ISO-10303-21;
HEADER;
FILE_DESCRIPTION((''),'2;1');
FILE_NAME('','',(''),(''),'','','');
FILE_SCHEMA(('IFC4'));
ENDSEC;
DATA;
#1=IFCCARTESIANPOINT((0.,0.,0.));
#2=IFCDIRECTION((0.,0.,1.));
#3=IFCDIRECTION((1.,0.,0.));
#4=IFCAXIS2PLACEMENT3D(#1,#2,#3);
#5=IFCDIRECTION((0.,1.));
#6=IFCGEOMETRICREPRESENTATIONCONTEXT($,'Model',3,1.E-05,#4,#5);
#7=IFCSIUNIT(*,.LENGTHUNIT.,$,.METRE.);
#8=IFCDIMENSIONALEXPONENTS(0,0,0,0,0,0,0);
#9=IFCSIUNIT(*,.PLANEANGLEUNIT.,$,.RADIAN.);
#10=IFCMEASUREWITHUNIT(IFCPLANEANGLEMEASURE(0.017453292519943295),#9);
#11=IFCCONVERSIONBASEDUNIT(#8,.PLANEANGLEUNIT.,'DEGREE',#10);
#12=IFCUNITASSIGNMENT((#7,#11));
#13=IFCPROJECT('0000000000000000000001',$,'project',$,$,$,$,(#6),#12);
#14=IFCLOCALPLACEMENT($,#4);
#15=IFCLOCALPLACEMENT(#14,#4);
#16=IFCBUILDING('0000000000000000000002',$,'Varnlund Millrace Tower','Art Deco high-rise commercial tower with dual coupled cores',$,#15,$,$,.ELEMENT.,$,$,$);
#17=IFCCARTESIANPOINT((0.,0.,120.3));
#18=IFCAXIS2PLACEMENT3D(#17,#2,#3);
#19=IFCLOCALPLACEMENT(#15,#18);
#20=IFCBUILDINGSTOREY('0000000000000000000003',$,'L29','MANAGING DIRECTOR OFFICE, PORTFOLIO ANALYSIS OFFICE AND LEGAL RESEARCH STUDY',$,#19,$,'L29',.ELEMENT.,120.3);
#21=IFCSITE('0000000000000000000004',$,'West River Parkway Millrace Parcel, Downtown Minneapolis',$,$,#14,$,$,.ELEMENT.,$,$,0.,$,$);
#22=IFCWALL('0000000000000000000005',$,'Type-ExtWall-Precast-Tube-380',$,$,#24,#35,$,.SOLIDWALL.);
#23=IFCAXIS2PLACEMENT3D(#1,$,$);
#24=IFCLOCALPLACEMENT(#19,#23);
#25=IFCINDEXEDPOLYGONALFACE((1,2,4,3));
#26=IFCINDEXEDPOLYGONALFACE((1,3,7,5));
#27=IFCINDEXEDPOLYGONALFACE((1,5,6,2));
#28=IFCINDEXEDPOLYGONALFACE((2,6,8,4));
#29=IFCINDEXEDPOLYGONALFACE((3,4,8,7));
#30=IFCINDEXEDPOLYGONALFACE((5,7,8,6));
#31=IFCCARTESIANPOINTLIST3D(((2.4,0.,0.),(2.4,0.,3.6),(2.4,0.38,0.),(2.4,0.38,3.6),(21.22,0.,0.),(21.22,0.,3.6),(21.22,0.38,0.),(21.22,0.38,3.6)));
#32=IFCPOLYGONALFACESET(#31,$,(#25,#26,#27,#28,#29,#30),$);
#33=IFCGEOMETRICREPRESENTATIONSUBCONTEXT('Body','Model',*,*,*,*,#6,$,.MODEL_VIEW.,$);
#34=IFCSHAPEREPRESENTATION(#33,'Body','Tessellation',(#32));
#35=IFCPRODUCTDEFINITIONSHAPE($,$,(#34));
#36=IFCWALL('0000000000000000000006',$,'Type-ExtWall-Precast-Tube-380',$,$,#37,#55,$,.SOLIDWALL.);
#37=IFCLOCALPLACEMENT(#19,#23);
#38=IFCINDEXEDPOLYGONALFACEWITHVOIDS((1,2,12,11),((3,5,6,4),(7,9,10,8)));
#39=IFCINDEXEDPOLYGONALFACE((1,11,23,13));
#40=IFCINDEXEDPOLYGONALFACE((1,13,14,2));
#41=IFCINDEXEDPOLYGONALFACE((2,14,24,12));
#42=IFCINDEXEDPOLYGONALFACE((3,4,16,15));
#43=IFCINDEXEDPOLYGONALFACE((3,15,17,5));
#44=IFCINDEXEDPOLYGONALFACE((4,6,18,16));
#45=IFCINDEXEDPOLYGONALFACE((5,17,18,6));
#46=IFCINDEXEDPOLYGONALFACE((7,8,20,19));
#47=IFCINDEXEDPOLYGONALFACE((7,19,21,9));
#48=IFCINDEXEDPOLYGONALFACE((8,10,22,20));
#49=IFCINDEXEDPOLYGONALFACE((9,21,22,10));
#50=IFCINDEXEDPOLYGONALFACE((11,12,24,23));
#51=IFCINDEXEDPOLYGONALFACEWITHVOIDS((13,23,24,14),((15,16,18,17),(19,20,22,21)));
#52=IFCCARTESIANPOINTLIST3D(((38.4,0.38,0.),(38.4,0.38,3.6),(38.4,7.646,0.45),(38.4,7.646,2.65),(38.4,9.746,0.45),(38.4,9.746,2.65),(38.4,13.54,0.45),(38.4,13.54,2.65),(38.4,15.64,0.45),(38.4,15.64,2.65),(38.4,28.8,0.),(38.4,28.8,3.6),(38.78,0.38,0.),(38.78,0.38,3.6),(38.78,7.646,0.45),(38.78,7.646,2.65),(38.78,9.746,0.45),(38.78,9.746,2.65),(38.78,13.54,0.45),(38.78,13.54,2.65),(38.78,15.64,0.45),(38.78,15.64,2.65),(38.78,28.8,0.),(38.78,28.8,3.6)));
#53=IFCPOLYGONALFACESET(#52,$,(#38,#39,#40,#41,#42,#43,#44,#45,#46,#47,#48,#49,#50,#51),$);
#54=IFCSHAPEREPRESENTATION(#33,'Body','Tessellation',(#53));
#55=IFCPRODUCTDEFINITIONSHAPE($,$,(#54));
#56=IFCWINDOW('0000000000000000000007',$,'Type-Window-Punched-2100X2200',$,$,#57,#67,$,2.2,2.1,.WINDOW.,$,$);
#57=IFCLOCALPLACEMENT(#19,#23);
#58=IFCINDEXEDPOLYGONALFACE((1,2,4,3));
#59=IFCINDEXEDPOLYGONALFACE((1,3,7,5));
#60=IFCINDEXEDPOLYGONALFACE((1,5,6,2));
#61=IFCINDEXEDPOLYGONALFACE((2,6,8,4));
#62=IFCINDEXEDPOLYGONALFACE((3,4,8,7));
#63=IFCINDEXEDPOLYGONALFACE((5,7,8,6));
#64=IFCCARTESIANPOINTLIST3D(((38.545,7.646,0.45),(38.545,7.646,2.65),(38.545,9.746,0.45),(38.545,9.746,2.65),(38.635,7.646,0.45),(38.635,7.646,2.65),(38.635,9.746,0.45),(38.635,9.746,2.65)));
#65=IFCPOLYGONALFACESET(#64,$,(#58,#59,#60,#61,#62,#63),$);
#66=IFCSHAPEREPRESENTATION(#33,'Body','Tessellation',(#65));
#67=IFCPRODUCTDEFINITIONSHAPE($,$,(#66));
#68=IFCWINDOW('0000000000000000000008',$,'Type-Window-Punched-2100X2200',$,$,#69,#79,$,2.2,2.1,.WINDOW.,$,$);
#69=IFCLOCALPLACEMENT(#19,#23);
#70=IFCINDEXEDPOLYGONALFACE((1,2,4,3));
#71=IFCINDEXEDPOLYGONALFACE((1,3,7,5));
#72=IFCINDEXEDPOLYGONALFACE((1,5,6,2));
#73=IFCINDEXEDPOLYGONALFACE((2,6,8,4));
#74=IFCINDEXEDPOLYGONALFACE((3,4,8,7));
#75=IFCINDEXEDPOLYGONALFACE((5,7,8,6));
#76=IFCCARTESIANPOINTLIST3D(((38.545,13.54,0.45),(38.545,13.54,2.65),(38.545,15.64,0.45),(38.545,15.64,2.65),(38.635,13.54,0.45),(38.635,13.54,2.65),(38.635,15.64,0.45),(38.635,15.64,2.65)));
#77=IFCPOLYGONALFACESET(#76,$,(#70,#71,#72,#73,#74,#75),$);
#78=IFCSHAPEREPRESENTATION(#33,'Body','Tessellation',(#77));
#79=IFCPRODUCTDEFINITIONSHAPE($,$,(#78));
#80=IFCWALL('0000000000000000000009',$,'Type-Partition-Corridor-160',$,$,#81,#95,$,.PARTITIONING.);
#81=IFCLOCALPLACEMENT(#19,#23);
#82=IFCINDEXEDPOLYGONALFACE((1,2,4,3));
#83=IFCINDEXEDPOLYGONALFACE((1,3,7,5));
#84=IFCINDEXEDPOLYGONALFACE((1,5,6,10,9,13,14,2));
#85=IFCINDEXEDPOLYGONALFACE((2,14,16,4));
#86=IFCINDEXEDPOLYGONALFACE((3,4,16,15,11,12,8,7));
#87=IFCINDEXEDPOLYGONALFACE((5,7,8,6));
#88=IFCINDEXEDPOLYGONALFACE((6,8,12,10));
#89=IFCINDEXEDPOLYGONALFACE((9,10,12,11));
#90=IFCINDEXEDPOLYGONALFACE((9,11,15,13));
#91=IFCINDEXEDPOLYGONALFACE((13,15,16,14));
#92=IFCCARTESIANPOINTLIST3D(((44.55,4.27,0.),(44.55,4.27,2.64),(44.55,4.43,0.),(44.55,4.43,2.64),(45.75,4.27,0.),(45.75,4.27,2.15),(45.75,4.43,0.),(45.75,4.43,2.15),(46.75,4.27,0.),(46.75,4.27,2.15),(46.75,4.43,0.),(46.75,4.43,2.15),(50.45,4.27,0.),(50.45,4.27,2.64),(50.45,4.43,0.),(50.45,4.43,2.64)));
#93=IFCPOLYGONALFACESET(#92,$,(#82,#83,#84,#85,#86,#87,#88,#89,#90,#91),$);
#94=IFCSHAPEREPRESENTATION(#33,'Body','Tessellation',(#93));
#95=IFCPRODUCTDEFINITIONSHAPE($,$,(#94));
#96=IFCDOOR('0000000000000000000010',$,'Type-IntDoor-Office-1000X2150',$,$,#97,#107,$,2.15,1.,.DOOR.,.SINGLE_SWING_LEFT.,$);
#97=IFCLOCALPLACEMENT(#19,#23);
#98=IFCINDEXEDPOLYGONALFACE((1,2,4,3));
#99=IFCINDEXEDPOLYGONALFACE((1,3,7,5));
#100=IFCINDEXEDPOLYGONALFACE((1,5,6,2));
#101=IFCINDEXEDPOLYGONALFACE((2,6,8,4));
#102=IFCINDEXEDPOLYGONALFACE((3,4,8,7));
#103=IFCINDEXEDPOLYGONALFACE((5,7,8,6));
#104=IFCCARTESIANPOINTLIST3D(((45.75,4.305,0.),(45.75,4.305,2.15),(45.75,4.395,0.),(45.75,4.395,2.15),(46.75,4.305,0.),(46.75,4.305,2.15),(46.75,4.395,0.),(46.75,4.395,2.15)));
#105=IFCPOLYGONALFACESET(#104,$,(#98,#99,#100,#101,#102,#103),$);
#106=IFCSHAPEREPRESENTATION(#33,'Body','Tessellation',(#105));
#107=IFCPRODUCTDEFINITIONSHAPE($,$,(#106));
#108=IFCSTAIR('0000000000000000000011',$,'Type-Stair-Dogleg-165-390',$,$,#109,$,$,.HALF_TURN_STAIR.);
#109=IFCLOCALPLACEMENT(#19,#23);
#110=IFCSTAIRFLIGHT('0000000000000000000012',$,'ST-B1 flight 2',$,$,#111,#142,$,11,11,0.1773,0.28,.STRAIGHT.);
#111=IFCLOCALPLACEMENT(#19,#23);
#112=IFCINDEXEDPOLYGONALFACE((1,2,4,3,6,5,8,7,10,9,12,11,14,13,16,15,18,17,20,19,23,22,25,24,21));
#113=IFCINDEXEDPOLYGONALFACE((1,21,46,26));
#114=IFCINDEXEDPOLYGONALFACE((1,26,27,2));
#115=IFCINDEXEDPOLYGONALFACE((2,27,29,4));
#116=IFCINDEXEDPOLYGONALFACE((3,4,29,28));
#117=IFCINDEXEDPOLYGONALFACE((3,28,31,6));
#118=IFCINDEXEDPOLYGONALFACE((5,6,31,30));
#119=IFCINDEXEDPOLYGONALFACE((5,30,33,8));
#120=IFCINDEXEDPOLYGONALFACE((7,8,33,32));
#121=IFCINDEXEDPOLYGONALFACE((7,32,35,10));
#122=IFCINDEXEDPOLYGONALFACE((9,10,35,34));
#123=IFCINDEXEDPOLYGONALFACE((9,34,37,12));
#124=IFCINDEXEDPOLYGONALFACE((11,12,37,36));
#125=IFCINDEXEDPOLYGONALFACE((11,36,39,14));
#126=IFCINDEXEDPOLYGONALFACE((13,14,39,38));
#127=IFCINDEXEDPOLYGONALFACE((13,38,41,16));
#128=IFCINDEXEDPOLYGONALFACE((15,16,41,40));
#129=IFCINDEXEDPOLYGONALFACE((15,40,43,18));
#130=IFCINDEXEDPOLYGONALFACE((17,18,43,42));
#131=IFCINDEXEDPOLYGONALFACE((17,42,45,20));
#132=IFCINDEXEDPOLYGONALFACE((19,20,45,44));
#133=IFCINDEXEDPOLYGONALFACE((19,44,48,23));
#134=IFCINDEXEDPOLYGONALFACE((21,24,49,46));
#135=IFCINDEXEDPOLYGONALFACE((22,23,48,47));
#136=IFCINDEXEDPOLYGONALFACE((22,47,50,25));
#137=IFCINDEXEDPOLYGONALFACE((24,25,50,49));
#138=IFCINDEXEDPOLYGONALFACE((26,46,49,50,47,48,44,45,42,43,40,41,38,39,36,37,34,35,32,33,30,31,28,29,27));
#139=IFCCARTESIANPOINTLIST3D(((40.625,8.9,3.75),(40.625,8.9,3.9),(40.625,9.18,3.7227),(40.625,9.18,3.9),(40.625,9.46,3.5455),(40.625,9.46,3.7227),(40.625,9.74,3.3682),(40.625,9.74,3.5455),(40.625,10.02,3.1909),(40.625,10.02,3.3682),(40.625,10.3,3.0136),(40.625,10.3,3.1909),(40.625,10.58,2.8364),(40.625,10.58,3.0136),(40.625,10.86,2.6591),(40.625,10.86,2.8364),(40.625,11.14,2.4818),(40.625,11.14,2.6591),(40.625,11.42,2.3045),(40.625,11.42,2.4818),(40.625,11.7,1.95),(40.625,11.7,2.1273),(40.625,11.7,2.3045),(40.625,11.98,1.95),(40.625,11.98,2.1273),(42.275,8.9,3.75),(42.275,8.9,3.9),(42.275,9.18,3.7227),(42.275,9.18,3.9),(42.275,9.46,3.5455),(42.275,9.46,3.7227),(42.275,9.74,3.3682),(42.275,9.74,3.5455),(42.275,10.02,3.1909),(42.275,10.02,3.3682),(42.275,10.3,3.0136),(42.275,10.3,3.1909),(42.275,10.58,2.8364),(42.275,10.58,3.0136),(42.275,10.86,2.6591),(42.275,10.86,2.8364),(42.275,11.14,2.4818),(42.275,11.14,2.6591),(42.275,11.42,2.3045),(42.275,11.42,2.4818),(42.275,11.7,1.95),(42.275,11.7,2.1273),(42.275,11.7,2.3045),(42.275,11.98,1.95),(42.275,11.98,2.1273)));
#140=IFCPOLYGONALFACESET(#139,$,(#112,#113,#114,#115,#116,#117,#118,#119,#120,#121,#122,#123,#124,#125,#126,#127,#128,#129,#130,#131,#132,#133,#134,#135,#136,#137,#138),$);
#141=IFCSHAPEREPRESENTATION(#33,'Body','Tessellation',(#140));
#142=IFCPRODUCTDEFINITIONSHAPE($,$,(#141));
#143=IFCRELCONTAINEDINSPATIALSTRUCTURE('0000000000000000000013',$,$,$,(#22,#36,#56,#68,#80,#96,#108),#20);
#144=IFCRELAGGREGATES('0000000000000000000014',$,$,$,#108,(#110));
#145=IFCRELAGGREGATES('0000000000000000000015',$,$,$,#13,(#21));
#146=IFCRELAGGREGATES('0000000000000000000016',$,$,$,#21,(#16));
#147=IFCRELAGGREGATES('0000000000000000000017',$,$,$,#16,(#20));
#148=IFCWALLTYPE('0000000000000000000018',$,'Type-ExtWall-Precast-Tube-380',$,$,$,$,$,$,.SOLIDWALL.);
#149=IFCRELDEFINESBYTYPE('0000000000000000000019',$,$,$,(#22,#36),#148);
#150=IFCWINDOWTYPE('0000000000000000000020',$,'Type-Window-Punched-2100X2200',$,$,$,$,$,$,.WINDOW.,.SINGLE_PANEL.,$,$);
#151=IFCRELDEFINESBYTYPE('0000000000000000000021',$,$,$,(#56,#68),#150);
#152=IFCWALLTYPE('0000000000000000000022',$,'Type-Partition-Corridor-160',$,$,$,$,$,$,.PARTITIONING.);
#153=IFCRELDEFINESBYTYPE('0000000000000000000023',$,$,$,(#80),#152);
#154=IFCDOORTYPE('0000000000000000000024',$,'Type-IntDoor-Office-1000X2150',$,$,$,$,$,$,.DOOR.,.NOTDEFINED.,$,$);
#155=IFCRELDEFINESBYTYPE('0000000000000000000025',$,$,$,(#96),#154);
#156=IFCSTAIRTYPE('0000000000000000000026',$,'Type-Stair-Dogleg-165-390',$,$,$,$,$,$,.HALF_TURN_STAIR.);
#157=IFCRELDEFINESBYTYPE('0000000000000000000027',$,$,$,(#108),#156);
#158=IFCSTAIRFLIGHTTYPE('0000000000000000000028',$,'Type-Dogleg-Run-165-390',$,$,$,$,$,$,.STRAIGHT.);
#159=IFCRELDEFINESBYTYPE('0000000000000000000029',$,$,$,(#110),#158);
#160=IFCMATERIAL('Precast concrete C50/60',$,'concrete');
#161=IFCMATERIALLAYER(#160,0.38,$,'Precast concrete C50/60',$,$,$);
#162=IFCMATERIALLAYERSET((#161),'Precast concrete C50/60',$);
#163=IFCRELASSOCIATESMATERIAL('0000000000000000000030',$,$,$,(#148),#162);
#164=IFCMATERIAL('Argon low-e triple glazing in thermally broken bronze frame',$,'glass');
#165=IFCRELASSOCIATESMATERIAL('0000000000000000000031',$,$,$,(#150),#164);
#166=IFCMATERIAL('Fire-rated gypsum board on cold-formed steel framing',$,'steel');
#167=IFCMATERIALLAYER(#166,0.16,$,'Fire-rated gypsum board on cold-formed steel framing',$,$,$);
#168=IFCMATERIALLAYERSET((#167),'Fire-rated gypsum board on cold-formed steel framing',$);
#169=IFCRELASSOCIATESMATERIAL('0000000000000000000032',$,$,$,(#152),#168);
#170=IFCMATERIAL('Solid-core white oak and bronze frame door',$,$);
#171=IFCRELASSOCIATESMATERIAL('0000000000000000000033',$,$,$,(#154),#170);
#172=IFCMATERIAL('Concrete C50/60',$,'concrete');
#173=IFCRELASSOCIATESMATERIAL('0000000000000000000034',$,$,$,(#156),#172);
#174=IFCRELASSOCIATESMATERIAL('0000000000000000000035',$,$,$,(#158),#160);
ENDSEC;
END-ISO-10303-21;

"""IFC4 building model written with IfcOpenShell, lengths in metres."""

from ifc_helpers import new_model, entity, si_unit, converted_unit, direction, frame, origin_with_axes, origin_2d_with_axis, place, context, subcontext, project, spatial, polyline, rectangle, outline, extrude, material, layer, layer_set, type_object, element, fill, aggregate, save


model = new_model("IFC4")

# Units and contexts
model_context = context("Model", 3, precision=1e-05, world=origin_with_axes(), true_north=direction((0.0, 1.0)))
body_context = subcontext(model_context, "Body", "Model", "MODEL_VIEW")
ifc_project = project(units=[si_unit("LENGTHUNIT", "METRE"), converted_unit("PLANEANGLEUNIT", "DEGREE", entity("IfcPlaneAngleMeasure", 0.017453292519943295), si_unit("PLANEANGLEUNIT", "RADIAN"), dimensions=[0, 0, 0, 0, 0, 0, 0])], contexts=[model_context])

# Site, building, storey
site_placement = place(None, origin_with_axes())
site = spatial("IfcSite", under=ifc_project, at=site_placement, Name="West River Parkway Millrace Parcel, Downtown Minneapolis", CompositionType="ELEMENT", RefElevation=0.0)
building_placement = place(site_placement, origin_with_axes())
building = spatial("IfcBuilding", under=site, at=building_placement, Name="Varnlund Millrace Tower", Description="Art Deco high-rise commercial tower with dual coupled cores", CompositionType="ELEMENT")
storey_placement = place(building_placement, frame((0.0, 0.0, 120.3), z_axis=(0.0, 0.0, 1.0), x_axis=(1.0, 0.0, 0.0)))
storey = spatial("IfcBuildingStorey", under=building, at=storey_placement, Name="L29", Description="MANAGING DIRECTOR OFFICE, PORTFOLIO ANALYSIS OFFICE AND LEGAL RESEARCH STUDY", LongName="L29", CompositionType="ELEMENT", Elevation=120.3)

# Wall
ifc_material_1 = material(Name="Precast concrete C50/60", Category="concrete")
ifc_layer_1 = layer(ifc_material_1, 0.38, Name="Precast concrete C50/60")
ifc_layer_set_1 = layer_set([ifc_layer_1], Name="Precast concrete C50/60")
wall_type_1 = type_object("IfcWallType", Name="Type-ExtWall-Precast-Tube-380", PredefinedType="SOLIDWALL", material=ifc_layer_set_1)
wall_1_placement = place(storey_placement, frame((21.22, 0.19, 0.0), z_axis=(0.0, 0.0, 1.0), x_axis=(-1.0, 0.0, 0.0)))
element("IfcWall", 1, at=wall_1_placement, inside=storey, type_object=wall_type_1, Name="Type-ExtWall-Precast-Tube-380", PredefinedType="SOLIDWALL", context=body_context, shape_type="SweptSolid", body=[
    extrude(outline(polyline([(0.0, -0.19), (18.82, -0.19), (18.82, 0.19), (0.0, 0.19), (0.0, -0.19)])), origin_with_axes(), (0.0, 0.0, 1.0), 3.6),
])

# Wall, openings, windows
wall_2_placement = place(storey_placement, frame((38.59, 0.38, 0.0), z_axis=(0.0, 0.0, 1.0), x_axis=(0.0, 1.0, 0.0)))
wall_2 = element("IfcWall", 2, at=wall_2_placement, inside=storey, type_object=wall_type_1, Name="Type-ExtWall-Precast-Tube-380", PredefinedType="SOLIDWALL", context=body_context, shape_type="SweptSolid", body=[
    extrude(outline(polyline([(0.0, -0.19), (28.42, -0.19), (28.42, 0.19), (0.0, 0.19), (0.0, -0.19)])), origin_with_axes(), (0.0, 0.0, 1.0), 3.6),
])
opening_1_placement = place(wall_2_placement, frame((8.316, 0.0, 0.45), z_axis=(0.0, 0.0, 1.0), x_axis=(1.0, 0.0, 0.0)))
opening_1 = element("IfcOpeningElement", 3, at=opening_1_placement, cuts=wall_2, PredefinedType="OPENING", context=body_context, shape_type="SweptSolid", body=[
    extrude(rectangle(XDim=2.1, YDim=0.4, at=origin_2d_with_axis()), origin_with_axes(), (0.0, 0.0, 1.0), 2.2),
])
opening_2_placement = place(wall_2_placement, frame((14.21, 0.0, 0.45), z_axis=(0.0, 0.0, 1.0), x_axis=(1.0, 0.0, 0.0)))
opening_2 = element("IfcOpeningElement", 4, at=opening_2_placement, cuts=wall_2, PredefinedType="OPENING", context=body_context, shape_type="SweptSolid", body=[
    extrude(rectangle(XDim=2.1, YDim=0.4, at=origin_2d_with_axis()), origin_with_axes(), (0.0, 0.0, 1.0), 2.2),
])
ifc_material_2 = material(Name="Argon low-e triple glazing in thermally broken bronze frame", Category="glass")
window_type = type_object("IfcWindowType", Name="Type-Window-Punched-2100X2200", PartitioningType="SINGLE_PANEL", PredefinedType="WINDOW", material=ifc_material_2)
window_1_placement = place(wall_2_placement, frame((8.316, 0.0, 0.45), z_axis=(0.0, 0.0, 1.0), x_axis=(1.0, 0.0, 0.0)))
window_1 = element("IfcWindow", 5, at=window_1_placement, inside=storey, type_object=window_type, Name="Type-Window-Punched-2100X2200", OverallHeight=2.2, OverallWidth=2.1, PredefinedType="WINDOW", context=body_context, shape_type="SweptSolid", body=[
    extrude(rectangle(XDim=2.1, YDim=0.09, at=origin_2d_with_axis()), origin_with_axes(), (0.0, 0.0, 1.0), 2.2),
])
fill(opening_1, window_1)
window_2_placement = place(wall_2_placement, frame((14.21, 0.0, 0.45), z_axis=(0.0, 0.0, 1.0), x_axis=(1.0, 0.0, 0.0)))
window_2 = element("IfcWindow", 6, at=window_2_placement, inside=storey, type_object=window_type, Name="Type-Window-Punched-2100X2200", OverallHeight=2.2, OverallWidth=2.1, PredefinedType="WINDOW", context=body_context, shape_type="SweptSolid", body=[
    extrude(rectangle(XDim=2.1, YDim=0.09, at=origin_2d_with_axis()), origin_with_axes(), (0.0, 0.0, 1.0), 2.2),
])
fill(opening_2, window_2)

# Wall, opening, door
ifc_material_3 = material(Name="Fire-rated gypsum board on cold-formed steel framing", Category="steel")
ifc_layer_2 = layer(ifc_material_3, 0.16, Name="Fire-rated gypsum board on cold-formed steel framing")
ifc_layer_set_2 = layer_set([ifc_layer_2], Name="Fire-rated gypsum board on cold-formed steel framing")
wall_type_2 = type_object("IfcWallType", Name="Type-Partition-Corridor-160", PredefinedType="PARTITIONING", material=ifc_layer_set_2)
wall_3_placement = place(storey_placement, frame((44.55, 4.35, 0.0), z_axis=(0.0, 0.0, 1.0), x_axis=(1.0, 0.0, 0.0)))
wall_3 = element("IfcWall", 7, at=wall_3_placement, inside=storey, type_object=wall_type_2, Name="Type-Partition-Corridor-160", PredefinedType="PARTITIONING", context=body_context, shape_type="SweptSolid", body=[
    extrude(outline(polyline([(0.0, -0.08), (5.9, -0.08), (5.9, 0.08), (0.0, 0.08), (0.0, -0.08)])), origin_with_axes(), (0.0, 0.0, 1.0), 2.64),
])
opening_3_placement = place(wall_3_placement, frame((1.7, 0.0, 0.0), z_axis=(0.0, 0.0, 1.0), x_axis=(1.0, 0.0, 0.0)))
opening_3 = element("IfcOpeningElement", 8, at=opening_3_placement, cuts=wall_3, PredefinedType="OPENING", context=body_context, shape_type="SweptSolid", body=[
    extrude(rectangle(XDim=1.0, YDim=0.18, at=origin_2d_with_axis()), origin_with_axes(), (0.0, 0.0, 1.0), 2.15),
])
ifc_material_4 = material(Name="Solid-core white oak and bronze frame door")
door_type = type_object("IfcDoorType", Name="Type-IntDoor-Office-1000X2150", OperationType="NOTDEFINED", PredefinedType="DOOR", material=ifc_material_4)
door_placement = place(wall_3_placement, frame((1.7, 0.0, 0.0), z_axis=(0.0, 0.0, 1.0), x_axis=(1.0, 0.0, 0.0)))
door = element("IfcDoor", 9, at=door_placement, inside=storey, type_object=door_type, Name="Type-IntDoor-Office-1000X2150", OperationType="SINGLE_SWING_LEFT", OverallHeight=2.15, OverallWidth=1.0, PredefinedType="DOOR", context=body_context, shape_type="SweptSolid", body=[
    extrude(rectangle(XDim=1.0, YDim=0.09, at=origin_2d_with_axis()), origin_with_axes(), (0.0, 0.0, 1.0), 2.15),
])
fill(opening_3, door)

# Stair, stair flight
ifc_material_5 = material(Name="Concrete C50/60", Category="concrete")
stair_type = type_object("IfcStairType", Name="Type-Stair-Dogleg-165-390", PredefinedType="HALF_TURN_STAIR", material=ifc_material_5)
stair_placement = place(storey_placement, origin_with_axes())
stair = element("IfcStair", 10, at=stair_placement, inside=storey, type_object=stair_type, Name="Type-Stair-Dogleg-165-390", PredefinedType="HALF_TURN_STAIR")
stair_flight_type = type_object("IfcStairFlightType", Name="Type-Dogleg-Run-165-390", PredefinedType="STRAIGHT", material=ifc_material_1)
stair_flight_placement = place(storey_placement, frame((42.275, 11.98, 1.95), z_axis=(-1.0, 0.0, 0.0), x_axis=(0.0, -1.0, 0.0)))
stair_flight = element("IfcStairFlight", 11, at=stair_flight_placement, type_object=stair_flight_type, Name="ST-B1 flight 2", NumberOfRisers=11, NumberOfTreads=11, PredefinedType="STRAIGHT", RiserHeight=0.1773, TreadLength=0.28, context=body_context, shape_type="SweptSolid", body=[
    extrude(outline(polyline([(0.0, 0.0), (0.0, 0.1773), (0.28, 0.1773), (0.28, 0.3545), (0.56, 0.3545), (0.56, 0.5318), (0.84, 0.5318), (0.84, 0.7091), (1.12, 0.7091), (1.12, 0.8864), (1.4, 0.8864), (1.4, 1.0636), (1.68, 1.0636), (1.68, 1.2409), (1.96, 1.2409), (1.96, 1.4182), (2.24, 1.4182), (2.24, 1.5955), (2.52, 1.5955), (2.52, 1.7727), (2.8, 1.7727), (2.8, 1.95), (3.08, 1.95), (3.08, 1.8), (0.28, 0.0), (0.0, 0.0)])), origin_with_axes(), (0.0, 0.0, 1.0), 1.65),
])
aggregate(stair, [stair_flight])

save(model, "model.ifc")
